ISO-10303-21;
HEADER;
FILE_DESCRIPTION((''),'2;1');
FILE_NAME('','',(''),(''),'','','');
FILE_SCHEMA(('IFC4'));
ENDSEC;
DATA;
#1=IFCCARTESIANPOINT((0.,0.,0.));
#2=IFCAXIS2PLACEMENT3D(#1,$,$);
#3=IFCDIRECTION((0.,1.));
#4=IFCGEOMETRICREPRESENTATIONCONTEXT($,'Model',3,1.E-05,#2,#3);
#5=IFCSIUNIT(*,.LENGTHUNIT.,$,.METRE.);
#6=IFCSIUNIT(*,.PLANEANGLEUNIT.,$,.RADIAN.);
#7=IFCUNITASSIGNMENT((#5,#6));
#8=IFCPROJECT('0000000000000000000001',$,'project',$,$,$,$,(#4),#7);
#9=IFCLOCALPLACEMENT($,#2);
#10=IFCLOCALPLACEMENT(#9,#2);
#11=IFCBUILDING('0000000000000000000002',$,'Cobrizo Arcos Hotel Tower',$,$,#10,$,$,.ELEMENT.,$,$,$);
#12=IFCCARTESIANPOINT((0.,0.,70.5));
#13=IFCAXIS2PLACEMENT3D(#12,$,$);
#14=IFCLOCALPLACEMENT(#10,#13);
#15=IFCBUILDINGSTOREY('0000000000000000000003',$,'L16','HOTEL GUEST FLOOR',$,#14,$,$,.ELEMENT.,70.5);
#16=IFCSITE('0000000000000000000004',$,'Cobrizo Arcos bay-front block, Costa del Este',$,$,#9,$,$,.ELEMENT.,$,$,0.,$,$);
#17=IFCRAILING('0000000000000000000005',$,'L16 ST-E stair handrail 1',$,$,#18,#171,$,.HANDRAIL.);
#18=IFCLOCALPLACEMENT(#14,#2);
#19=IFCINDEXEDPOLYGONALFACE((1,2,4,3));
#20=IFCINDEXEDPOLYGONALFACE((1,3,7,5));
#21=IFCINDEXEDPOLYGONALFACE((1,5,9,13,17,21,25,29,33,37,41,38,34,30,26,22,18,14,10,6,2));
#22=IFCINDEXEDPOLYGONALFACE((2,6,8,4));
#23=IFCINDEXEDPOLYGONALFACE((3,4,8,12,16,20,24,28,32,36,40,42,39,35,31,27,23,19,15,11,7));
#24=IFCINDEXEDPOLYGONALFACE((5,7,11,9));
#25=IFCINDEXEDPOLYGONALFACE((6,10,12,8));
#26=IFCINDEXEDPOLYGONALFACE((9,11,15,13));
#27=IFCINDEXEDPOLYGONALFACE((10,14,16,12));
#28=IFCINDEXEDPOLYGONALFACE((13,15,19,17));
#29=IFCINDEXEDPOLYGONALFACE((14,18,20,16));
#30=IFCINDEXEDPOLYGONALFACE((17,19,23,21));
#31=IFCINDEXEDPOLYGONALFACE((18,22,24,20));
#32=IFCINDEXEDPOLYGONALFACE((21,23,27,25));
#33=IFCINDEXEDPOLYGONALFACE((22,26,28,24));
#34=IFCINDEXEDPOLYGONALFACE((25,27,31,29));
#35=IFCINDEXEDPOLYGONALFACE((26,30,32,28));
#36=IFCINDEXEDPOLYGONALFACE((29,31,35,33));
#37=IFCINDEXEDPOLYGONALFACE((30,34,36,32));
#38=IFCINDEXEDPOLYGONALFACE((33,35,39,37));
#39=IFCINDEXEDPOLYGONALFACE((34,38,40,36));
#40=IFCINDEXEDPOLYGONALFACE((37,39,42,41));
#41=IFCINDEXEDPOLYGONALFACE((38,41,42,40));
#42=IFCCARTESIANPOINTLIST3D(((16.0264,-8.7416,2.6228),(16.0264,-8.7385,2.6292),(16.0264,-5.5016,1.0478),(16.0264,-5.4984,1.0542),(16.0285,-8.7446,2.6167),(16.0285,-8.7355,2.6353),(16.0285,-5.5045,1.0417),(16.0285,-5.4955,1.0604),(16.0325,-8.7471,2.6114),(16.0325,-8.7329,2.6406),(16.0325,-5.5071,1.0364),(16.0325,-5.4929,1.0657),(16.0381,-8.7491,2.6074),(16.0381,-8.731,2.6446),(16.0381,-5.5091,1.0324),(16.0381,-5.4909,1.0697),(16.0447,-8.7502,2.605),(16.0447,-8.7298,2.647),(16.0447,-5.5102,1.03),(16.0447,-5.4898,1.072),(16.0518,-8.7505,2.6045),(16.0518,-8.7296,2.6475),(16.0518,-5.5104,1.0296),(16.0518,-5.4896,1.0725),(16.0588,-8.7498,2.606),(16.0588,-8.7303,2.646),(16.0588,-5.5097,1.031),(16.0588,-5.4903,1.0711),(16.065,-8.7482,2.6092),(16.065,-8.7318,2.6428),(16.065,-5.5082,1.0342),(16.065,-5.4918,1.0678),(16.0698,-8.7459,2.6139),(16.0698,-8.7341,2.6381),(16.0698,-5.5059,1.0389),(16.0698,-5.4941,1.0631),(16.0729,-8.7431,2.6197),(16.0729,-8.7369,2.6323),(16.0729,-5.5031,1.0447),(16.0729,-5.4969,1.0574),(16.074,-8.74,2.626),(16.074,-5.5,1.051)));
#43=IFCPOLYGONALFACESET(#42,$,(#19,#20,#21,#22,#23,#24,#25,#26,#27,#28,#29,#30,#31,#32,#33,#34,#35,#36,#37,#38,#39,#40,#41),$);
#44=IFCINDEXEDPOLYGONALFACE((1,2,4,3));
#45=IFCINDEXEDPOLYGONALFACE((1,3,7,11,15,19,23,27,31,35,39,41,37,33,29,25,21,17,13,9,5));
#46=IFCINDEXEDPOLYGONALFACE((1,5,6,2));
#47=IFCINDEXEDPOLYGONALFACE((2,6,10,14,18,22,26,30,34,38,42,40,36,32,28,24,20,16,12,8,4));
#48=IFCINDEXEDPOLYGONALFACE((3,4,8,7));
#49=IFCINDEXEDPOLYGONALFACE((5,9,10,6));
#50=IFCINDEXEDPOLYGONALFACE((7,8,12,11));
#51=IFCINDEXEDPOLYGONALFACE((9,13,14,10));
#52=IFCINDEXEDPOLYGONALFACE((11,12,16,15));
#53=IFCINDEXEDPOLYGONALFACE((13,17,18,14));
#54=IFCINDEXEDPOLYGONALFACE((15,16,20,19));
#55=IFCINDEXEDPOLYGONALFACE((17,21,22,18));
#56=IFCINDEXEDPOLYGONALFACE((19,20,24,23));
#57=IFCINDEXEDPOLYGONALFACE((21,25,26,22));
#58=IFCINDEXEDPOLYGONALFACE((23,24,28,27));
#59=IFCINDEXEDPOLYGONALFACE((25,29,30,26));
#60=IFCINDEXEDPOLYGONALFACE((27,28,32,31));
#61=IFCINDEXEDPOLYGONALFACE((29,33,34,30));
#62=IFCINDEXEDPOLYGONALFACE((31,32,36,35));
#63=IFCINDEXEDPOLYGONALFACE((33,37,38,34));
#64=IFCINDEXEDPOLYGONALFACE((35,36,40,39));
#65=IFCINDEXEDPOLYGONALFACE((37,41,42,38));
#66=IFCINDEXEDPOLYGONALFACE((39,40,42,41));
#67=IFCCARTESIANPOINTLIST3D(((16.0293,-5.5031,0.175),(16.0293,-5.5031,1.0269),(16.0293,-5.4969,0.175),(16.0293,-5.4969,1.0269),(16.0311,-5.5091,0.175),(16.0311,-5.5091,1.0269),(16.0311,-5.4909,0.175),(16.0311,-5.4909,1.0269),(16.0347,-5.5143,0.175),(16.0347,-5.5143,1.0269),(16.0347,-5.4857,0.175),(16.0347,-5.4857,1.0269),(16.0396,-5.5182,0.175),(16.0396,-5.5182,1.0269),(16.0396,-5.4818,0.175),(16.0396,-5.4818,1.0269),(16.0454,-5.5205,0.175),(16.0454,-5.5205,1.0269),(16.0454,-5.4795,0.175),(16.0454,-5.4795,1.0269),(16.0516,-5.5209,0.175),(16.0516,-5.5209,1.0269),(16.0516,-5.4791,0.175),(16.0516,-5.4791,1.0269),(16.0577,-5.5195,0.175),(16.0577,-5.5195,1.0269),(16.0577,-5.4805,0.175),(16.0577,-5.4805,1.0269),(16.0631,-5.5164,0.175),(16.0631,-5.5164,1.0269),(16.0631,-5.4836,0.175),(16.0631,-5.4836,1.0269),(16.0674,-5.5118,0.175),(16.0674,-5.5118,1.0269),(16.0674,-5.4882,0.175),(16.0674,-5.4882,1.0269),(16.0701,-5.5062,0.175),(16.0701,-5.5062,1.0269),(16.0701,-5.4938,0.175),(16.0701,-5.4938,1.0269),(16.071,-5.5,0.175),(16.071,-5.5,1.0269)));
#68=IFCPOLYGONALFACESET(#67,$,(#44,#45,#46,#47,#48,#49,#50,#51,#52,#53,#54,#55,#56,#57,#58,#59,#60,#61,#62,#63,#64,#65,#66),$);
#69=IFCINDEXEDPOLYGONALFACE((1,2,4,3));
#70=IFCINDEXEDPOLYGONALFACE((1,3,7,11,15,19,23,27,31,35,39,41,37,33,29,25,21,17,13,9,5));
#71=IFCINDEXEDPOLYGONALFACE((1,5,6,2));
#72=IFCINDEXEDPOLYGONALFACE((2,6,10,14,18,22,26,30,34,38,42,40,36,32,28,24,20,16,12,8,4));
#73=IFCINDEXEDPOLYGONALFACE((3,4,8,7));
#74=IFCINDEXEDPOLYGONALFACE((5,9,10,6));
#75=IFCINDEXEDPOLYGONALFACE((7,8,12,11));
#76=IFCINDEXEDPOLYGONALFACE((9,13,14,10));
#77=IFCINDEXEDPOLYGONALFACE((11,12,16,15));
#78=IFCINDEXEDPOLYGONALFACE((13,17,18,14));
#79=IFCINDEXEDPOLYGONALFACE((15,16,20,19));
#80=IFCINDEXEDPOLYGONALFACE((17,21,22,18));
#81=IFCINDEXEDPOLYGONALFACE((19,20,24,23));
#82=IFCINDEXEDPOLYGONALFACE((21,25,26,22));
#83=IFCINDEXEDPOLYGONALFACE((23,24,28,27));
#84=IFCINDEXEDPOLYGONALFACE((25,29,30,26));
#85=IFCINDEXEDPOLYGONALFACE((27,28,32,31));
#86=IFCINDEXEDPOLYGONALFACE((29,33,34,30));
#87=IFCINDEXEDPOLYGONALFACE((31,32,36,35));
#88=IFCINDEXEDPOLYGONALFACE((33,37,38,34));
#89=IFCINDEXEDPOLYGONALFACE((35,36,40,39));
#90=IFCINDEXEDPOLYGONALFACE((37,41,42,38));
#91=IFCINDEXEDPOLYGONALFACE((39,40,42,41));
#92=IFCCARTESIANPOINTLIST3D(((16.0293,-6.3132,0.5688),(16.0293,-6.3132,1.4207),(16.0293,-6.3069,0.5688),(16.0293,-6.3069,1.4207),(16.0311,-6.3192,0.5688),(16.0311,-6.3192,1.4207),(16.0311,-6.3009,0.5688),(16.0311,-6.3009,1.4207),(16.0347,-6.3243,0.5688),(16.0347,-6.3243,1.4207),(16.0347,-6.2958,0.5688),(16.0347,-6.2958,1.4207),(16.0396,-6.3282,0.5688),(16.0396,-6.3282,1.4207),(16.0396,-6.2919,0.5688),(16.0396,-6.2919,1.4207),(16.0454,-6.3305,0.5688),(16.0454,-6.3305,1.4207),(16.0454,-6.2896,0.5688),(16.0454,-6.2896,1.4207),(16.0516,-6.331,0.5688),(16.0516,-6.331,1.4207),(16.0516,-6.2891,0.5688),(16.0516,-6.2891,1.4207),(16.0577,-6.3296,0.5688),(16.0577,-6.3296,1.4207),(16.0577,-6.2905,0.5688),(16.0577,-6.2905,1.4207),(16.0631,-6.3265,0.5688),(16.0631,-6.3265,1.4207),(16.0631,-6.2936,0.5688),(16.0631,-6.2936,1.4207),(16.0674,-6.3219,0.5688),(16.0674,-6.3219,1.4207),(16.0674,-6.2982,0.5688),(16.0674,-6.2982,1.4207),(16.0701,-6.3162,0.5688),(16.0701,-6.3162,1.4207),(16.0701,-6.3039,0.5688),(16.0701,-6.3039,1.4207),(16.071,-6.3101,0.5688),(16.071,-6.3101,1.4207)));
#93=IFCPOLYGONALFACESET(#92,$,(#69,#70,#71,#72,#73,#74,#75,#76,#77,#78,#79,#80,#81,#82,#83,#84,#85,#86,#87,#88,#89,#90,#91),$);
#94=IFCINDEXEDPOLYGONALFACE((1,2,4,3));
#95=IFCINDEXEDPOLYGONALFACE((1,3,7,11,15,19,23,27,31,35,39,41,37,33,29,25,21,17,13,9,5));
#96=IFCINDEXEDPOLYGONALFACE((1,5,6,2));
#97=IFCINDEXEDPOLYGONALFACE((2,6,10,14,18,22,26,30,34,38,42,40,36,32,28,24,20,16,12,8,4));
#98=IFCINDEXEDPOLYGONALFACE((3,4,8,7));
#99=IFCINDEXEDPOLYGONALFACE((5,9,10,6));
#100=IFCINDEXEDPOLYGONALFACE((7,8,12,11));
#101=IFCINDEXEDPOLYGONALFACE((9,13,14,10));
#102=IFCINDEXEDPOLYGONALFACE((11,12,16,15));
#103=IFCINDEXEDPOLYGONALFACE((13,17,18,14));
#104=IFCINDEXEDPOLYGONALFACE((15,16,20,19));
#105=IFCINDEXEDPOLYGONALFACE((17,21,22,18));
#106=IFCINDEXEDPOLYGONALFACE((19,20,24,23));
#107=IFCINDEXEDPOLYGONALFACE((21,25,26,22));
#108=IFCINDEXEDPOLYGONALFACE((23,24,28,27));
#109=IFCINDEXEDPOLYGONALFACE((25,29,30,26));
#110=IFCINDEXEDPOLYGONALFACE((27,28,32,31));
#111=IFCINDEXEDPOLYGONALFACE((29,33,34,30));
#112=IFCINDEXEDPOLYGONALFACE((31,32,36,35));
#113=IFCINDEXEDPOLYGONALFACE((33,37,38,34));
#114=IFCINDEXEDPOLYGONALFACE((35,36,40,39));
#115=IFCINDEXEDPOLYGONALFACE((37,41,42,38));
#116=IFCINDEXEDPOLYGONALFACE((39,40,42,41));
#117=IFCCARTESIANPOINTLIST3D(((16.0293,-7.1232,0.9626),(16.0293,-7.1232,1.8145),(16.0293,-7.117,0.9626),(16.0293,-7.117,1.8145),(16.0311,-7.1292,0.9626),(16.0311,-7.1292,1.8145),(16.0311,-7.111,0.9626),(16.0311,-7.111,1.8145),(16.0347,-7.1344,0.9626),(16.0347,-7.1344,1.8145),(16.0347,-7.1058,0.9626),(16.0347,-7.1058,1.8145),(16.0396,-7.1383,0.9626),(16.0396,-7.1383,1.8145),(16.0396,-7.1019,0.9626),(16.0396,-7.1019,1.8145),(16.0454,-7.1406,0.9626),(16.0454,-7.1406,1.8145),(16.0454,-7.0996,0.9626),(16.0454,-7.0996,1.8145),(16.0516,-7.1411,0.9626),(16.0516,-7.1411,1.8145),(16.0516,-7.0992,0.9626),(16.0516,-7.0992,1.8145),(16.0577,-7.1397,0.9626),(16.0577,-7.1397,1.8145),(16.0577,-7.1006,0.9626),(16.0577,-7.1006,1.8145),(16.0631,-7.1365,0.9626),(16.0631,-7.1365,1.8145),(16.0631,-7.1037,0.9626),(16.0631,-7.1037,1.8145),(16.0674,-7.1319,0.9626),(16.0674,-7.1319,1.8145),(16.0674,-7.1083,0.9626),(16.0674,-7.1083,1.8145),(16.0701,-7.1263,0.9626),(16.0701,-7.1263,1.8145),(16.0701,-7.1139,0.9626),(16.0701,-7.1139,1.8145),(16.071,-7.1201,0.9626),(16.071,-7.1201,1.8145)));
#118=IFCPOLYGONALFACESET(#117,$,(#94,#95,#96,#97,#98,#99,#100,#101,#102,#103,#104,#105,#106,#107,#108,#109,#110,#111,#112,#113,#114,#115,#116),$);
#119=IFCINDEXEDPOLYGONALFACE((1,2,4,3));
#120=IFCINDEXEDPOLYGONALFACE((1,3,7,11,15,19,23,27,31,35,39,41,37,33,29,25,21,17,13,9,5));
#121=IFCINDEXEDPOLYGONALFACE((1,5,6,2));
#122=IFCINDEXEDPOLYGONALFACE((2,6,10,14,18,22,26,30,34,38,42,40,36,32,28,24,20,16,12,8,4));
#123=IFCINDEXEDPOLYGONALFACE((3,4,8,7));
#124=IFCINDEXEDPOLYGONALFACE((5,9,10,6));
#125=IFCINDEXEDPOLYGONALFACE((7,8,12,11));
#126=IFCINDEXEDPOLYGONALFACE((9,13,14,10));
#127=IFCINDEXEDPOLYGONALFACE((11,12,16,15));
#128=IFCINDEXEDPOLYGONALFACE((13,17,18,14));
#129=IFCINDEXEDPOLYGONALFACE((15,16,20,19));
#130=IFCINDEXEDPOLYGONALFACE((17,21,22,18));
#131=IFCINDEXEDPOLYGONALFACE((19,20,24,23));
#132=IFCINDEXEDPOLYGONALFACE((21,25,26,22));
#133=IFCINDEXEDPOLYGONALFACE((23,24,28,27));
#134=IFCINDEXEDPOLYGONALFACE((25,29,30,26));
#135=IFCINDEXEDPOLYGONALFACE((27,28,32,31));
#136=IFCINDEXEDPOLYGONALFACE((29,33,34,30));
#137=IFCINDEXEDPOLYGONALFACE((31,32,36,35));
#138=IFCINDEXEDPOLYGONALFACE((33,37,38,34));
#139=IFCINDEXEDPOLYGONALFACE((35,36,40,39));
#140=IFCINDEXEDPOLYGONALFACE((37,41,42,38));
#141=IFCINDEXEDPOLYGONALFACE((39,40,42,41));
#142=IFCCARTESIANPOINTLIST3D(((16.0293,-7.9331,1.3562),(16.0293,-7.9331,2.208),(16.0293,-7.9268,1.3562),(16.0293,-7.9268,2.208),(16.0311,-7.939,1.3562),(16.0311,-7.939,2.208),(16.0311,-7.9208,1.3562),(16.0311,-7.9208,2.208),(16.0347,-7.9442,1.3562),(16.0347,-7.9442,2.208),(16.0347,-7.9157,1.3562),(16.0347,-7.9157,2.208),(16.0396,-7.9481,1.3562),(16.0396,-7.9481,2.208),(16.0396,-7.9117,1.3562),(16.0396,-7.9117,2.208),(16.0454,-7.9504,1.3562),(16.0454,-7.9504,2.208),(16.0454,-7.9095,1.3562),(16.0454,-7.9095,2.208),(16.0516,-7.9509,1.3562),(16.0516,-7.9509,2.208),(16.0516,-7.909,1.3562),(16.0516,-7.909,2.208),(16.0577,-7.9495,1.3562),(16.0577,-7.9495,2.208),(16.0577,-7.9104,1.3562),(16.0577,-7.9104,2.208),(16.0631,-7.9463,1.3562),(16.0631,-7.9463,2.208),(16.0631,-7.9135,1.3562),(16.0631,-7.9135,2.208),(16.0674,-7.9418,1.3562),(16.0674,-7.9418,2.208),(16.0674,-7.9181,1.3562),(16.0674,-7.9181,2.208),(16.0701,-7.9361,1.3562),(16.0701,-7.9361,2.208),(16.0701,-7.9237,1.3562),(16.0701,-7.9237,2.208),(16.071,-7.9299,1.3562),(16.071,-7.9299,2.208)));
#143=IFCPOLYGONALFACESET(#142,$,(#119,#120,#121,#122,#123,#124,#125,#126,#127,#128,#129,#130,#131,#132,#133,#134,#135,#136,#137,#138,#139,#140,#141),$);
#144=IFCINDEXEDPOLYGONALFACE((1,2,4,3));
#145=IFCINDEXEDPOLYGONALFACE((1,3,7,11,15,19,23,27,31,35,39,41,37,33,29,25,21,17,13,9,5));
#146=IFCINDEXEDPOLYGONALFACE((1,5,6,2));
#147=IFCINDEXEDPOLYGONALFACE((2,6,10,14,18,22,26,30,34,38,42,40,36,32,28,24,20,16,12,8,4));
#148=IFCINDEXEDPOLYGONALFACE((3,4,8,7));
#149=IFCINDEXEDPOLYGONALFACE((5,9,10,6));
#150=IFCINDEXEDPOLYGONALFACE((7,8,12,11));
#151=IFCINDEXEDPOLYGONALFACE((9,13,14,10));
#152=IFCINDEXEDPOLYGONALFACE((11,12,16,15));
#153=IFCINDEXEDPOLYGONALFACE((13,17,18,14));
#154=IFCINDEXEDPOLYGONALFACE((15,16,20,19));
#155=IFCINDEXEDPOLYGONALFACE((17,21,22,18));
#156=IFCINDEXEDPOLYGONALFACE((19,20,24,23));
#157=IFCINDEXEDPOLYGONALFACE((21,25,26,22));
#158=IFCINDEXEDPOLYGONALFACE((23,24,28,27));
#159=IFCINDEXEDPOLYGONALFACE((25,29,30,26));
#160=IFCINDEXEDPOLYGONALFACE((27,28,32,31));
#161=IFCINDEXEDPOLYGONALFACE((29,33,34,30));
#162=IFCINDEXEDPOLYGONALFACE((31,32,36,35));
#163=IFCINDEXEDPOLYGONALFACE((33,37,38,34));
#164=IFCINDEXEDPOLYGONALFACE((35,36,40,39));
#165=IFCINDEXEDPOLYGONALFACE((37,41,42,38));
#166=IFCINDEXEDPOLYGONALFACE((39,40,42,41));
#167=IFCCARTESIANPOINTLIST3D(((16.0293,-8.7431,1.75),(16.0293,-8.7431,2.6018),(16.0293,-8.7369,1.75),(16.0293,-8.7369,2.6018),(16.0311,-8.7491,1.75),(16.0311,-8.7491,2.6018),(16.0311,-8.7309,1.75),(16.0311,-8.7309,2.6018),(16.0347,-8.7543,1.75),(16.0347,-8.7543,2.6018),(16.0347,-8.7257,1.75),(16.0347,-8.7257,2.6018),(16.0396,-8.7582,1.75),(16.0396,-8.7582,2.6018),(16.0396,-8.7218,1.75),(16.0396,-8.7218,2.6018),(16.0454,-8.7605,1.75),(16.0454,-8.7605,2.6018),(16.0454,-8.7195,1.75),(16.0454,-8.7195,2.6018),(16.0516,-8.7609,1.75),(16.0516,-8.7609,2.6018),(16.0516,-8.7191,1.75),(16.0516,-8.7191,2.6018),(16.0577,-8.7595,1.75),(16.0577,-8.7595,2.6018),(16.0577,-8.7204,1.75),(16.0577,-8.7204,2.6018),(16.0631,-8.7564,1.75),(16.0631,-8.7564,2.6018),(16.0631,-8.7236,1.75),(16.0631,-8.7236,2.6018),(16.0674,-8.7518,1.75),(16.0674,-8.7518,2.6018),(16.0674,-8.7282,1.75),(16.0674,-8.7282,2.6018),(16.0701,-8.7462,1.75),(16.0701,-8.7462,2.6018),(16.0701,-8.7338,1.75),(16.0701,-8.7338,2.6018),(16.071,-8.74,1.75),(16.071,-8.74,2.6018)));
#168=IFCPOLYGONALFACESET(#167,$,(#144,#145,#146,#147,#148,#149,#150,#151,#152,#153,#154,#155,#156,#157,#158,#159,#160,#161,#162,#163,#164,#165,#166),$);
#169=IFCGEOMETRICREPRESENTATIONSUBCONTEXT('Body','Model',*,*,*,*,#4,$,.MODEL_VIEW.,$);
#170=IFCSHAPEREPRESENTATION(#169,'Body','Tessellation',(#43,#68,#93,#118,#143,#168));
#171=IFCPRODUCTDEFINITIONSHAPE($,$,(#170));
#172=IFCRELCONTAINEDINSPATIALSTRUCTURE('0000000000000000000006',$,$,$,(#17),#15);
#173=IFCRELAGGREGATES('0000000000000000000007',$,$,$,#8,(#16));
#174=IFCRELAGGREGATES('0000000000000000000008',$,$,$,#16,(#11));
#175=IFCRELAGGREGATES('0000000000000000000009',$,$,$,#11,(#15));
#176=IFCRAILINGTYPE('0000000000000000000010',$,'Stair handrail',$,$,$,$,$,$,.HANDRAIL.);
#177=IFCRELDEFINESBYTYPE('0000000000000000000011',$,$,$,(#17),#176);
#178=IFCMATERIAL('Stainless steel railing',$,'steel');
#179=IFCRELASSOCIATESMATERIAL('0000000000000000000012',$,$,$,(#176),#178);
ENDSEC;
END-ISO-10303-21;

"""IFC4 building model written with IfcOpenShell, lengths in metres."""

from ifc_helpers import new_model, si_unit, direction, frame, origin, origin_2d, place, context, subcontext, project, spatial, circle, extrude, material, type_object, element, save


model = new_model("IFC4")

# Units and contexts
model_context = context("Model", 3, precision=1e-05, world=origin(), true_north=direction((0.0, 1.0)))
body_context = subcontext(model_context, "Body", "Model", "MODEL_VIEW")
ifc_project = project(units=[si_unit("LENGTHUNIT", "METRE"), si_unit("PLANEANGLEUNIT", "RADIAN")], contexts=[model_context])

# Site, building, storey
site_placement = place(None, origin())
site = spatial("IfcSite", under=ifc_project, at=site_placement, Name="Cobrizo Arcos bay-front block, Costa del Este", CompositionType="ELEMENT", RefElevation=0.0)
building_placement = place(site_placement, origin())
building = spatial("IfcBuilding", under=site, at=building_placement, Name="Cobrizo Arcos Hotel Tower", CompositionType="ELEMENT")
storey_placement = place(building_placement, frame((0.0, 0.0, 70.5)))
storey = spatial("IfcBuildingStorey", under=building, at=storey_placement, Name="L16", Description="HOTEL GUEST FLOOR", CompositionType="ELEMENT", Elevation=70.5)

# Railing
ifc_material_1 = material(Name="Stainless steel railing", Category="steel")
railing_type_1 = type_object("IfcRailingType", Name="Stair handrail", PredefinedType="HANDRAIL", material=ifc_material_1)
railing_1_placement = place(storey_placement, frame((16.05, -5.5, 0.175)))
element("IfcRailing", 1, at=railing_1_placement, inside=storey, type_object=railing_type_1, Name="L16 ST-E stair handrail 1", PredefinedType="HANDRAIL", context=body_context, shape_type="SweptSolid", body=[
    extrude(circle(Radius=0.0239, at=origin_2d()), frame((0.0, 0.0, 0.876), z_axis=(0.0, -0.899373, 0.437183), x_axis=(1.0, 0.0, 0.0)), (0.0, 0.0, 1.0), 3.6025),
    extrude(circle(Radius=0.021, at=origin_2d()), origin(), (0.0, 0.0, 1.0), 0.8518),
    extrude(circle(Radius=0.021, at=origin_2d()), frame((0.0, -0.8101, 0.3938)), (0.0, 0.0, 1.0), 0.8518),
    extrude(circle(Radius=0.021, at=origin_2d()), frame((0.0, -1.6201, 0.7876)), (0.0, 0.0, 1.0), 0.8518),
    extrude(circle(Radius=0.021, at=origin_2d()), frame((0.0, -2.4299, 1.1812)), (0.0, 0.0, 1.0), 0.8518),
    extrude(circle(Radius=0.021, at=origin_2d()), frame((0.0, -3.24, 1.575)), (0.0, 0.0, 1.0), 0.8518),
])

save(model, "model.ifc")
